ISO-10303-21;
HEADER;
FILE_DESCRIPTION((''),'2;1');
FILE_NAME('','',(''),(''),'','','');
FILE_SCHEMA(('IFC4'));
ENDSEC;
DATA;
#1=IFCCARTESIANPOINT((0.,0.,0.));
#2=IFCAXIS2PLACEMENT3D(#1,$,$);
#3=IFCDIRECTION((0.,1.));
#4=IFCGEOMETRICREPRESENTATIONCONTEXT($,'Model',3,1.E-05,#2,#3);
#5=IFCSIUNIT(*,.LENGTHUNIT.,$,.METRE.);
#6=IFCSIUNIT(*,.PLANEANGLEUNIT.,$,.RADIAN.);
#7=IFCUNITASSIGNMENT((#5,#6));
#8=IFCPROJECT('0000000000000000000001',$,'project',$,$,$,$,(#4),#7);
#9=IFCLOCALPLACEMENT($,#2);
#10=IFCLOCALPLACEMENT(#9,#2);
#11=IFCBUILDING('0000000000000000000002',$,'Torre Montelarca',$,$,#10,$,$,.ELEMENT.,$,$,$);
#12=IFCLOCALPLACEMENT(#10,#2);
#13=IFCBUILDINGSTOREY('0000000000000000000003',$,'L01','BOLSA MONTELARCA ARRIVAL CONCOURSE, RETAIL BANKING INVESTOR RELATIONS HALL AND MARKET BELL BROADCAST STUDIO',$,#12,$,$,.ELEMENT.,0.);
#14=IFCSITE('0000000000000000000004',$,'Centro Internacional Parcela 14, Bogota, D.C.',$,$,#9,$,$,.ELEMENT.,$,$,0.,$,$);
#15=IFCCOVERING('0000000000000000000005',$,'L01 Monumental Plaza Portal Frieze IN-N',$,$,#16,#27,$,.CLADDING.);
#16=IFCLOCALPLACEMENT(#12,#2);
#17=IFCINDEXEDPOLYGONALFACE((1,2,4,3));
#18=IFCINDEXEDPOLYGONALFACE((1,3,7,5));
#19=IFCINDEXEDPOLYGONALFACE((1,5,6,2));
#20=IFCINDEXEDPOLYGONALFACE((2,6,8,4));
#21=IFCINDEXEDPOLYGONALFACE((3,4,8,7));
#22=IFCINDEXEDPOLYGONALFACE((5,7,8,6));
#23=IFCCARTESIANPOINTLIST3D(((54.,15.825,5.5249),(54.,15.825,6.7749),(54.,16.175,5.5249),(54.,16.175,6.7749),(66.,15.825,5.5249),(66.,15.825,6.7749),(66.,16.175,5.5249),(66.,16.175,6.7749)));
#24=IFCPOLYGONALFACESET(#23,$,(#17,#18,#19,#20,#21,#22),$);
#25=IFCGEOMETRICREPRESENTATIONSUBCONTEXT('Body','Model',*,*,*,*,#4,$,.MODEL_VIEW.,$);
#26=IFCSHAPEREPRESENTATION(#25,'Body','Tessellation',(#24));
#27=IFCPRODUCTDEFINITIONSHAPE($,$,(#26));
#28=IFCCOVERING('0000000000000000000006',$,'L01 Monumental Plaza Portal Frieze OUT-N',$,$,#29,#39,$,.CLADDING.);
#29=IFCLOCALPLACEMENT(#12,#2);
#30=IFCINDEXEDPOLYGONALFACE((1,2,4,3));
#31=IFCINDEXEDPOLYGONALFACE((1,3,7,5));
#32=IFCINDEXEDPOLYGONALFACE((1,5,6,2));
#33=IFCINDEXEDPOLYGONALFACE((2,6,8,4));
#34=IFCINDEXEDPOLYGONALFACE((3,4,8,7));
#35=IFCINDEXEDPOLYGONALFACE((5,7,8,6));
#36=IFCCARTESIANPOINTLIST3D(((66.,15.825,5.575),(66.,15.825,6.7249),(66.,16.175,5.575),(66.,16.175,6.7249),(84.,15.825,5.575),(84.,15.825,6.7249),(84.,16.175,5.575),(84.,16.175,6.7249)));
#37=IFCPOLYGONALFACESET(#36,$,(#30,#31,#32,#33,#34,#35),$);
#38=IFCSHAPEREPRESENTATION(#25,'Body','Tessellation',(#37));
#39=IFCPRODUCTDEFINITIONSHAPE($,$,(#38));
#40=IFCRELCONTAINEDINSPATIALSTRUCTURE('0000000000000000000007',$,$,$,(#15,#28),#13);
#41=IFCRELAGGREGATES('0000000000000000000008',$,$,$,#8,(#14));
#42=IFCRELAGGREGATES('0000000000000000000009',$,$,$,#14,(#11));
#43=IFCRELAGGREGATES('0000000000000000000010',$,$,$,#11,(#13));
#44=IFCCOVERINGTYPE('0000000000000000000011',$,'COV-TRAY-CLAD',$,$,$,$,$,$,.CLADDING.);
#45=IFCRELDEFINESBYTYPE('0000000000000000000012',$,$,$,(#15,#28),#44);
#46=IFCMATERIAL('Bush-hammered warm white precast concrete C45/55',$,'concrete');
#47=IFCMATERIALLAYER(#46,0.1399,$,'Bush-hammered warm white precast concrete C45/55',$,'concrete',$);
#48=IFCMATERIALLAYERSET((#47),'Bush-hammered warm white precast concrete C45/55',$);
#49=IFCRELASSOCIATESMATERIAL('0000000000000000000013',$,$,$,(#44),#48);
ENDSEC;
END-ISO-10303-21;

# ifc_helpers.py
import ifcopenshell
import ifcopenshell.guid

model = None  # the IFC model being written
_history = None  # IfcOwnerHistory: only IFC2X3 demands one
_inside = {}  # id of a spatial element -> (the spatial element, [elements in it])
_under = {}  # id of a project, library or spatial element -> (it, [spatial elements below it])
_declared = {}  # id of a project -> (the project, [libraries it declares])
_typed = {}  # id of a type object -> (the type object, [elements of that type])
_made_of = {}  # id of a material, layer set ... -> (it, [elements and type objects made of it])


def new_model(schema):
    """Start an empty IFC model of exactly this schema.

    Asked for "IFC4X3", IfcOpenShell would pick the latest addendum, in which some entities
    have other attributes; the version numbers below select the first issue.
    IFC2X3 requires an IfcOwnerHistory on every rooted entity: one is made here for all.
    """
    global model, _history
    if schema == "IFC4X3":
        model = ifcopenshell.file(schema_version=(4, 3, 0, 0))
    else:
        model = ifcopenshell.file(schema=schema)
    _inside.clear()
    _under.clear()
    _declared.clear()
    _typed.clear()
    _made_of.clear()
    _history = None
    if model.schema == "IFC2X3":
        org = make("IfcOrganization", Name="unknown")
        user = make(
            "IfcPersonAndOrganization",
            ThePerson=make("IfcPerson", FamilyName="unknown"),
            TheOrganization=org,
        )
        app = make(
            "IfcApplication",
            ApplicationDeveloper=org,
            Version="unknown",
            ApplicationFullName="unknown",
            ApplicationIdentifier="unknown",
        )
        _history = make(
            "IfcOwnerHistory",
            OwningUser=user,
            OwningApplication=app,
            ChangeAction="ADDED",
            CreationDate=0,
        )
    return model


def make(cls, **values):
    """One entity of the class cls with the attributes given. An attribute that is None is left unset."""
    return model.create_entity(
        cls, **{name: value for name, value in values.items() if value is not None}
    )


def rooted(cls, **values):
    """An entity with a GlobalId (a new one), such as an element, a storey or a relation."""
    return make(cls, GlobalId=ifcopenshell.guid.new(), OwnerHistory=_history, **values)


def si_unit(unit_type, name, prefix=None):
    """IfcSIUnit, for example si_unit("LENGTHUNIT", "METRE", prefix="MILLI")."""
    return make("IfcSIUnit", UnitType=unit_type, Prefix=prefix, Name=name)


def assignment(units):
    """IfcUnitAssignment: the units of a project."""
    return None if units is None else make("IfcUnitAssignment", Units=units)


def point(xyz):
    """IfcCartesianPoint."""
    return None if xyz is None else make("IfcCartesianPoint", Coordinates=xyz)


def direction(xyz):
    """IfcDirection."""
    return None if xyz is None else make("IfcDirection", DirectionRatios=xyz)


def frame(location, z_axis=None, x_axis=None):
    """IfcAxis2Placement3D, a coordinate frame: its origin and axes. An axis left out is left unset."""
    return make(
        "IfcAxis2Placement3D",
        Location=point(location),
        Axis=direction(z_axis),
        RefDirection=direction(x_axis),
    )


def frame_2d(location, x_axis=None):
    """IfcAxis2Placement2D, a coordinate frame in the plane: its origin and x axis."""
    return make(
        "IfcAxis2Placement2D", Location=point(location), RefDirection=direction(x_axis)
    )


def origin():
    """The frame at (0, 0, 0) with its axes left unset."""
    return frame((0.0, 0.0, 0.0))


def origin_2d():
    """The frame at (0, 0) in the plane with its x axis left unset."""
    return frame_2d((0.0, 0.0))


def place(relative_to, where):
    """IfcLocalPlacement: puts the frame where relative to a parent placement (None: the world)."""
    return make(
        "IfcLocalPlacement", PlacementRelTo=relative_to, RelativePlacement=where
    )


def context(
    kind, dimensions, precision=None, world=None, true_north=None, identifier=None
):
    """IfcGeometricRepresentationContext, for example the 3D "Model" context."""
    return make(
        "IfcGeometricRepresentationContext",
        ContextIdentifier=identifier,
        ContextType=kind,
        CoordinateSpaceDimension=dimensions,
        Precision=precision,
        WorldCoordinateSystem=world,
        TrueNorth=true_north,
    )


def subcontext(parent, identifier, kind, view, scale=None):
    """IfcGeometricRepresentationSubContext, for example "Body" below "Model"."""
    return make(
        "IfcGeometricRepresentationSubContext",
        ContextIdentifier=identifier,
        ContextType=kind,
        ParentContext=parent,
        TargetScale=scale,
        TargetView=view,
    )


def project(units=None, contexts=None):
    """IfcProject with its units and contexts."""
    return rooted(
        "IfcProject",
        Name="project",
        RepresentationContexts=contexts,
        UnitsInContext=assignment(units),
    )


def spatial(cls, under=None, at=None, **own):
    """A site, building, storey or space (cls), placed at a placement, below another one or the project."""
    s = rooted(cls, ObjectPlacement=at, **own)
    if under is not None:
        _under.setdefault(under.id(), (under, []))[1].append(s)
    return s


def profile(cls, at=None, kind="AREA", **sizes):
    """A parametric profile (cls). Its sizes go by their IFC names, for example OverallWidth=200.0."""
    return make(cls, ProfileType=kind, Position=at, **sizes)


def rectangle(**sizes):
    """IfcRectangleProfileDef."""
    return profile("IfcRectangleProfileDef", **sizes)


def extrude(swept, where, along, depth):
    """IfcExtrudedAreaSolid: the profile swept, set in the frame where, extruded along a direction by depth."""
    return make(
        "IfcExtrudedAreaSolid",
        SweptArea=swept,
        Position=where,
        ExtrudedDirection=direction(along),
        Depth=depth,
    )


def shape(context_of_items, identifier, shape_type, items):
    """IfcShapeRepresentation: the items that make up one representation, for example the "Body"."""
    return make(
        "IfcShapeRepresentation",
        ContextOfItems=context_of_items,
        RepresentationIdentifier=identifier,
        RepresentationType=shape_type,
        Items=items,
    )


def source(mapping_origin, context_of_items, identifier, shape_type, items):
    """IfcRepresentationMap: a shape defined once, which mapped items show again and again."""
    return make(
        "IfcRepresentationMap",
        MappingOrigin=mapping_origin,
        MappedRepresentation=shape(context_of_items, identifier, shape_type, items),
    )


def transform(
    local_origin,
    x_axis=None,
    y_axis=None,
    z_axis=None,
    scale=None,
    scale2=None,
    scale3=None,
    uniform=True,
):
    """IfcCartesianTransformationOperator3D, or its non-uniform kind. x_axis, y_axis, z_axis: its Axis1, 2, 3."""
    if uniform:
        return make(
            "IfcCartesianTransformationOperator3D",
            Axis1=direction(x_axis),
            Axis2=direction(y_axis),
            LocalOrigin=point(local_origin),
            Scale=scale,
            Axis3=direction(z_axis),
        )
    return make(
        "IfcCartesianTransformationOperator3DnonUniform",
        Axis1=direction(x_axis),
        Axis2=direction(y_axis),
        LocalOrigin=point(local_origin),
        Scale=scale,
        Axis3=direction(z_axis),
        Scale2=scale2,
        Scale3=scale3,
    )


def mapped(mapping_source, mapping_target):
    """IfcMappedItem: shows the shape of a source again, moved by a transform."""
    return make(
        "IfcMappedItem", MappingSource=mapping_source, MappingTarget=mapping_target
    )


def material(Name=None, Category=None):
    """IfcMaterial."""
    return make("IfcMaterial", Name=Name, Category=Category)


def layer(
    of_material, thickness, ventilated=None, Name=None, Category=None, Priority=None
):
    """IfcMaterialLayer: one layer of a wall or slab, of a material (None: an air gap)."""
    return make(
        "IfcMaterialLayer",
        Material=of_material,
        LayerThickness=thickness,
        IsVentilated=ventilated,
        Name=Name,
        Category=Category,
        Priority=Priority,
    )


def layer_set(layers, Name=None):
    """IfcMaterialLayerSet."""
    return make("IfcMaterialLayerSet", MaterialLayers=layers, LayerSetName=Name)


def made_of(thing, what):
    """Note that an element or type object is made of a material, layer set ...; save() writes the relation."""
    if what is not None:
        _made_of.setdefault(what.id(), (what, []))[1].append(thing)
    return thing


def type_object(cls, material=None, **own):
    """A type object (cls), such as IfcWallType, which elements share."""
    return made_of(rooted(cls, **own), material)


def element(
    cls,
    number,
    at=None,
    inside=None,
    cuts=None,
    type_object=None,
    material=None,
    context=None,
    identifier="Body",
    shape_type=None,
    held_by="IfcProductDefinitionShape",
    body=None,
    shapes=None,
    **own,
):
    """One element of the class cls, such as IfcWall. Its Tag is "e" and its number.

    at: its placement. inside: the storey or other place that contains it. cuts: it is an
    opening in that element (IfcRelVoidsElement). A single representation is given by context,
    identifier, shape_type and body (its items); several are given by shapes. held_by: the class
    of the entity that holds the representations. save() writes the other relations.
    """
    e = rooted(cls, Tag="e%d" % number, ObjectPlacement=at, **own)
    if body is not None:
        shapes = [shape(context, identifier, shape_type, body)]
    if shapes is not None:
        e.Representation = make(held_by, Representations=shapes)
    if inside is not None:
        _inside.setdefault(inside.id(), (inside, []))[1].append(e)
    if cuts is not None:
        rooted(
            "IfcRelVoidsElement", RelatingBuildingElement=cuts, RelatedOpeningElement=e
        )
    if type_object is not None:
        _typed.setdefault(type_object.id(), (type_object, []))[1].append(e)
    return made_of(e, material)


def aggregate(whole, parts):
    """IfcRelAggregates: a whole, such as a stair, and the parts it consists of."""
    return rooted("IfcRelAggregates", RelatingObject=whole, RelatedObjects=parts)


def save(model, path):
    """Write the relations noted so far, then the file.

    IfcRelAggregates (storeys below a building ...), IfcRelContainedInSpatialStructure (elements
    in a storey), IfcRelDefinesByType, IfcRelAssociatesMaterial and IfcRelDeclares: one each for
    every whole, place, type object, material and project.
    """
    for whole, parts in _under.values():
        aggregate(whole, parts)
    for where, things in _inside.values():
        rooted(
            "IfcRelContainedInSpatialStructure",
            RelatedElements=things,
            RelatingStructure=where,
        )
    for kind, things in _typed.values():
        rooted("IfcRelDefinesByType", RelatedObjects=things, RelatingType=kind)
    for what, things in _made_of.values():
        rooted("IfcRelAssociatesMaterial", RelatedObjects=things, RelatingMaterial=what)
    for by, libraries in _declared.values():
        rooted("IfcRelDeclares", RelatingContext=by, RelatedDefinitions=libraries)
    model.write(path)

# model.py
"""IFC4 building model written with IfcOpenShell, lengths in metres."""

from ifc_helpers import new_model, si_unit, direction, frame, origin, origin_2d, place, context, subcontext, project, spatial, rectangle, extrude, source, transform, mapped, material, layer, layer_set, type_object, element, save


model = new_model("IFC4")

# Units and contexts
model_context = context("Model", 3, precision=1e-05, world=origin(), true_north=direction((0.0, 1.0)))
body_context = subcontext(model_context, "Body", "Model", "MODEL_VIEW")
ifc_project = project(units=[si_unit("LENGTHUNIT", "METRE"), si_unit("PLANEANGLEUNIT", "RADIAN")], contexts=[model_context])

# Site, building, storey
site_placement = place(None, origin())
site = spatial("IfcSite", under=ifc_project, at=site_placement, Name="Centro Internacional Parcela 14, Bogota, D.C.", CompositionType="ELEMENT", RefElevation=0.0)
building_placement = place(site_placement, origin())
building = spatial("IfcBuilding", under=site, at=building_placement, Name="Torre Montelarca", CompositionType="ELEMENT")
storey_placement = place(building_placement, origin())
storey = spatial("IfcBuildingStorey", under=building, at=storey_placement, Name="L01", Description="BOLSA MONTELARCA ARRIVAL CONCOURSE, RETAIL BANKING INVESTOR RELATIONS HALL AND MARKET BELL BROADCAST STUDIO", CompositionType="ELEMENT", Elevation=0.0)

# Coverings
ifc_material_1 = material(Name="Bush-hammered warm white precast concrete C45/55", Category="concrete")
ifc_layer_1 = layer(ifc_material_1, 0.1399, Name="Bush-hammered warm white precast concrete C45/55", Category="concrete")
ifc_layer_set_1 = layer_set([ifc_layer_1], Name="Bush-hammered warm white precast concrete C45/55")
covering_type = type_object("IfcCoveringType", Name="COV-TRAY-CLAD", PredefinedType="CLADDING", material=ifc_layer_set_1)
shared_shape_1 = source(origin(), body_context, "Body", "SweptSolid", [
    extrude(rectangle(XDim=12.0, YDim=0.3501, at=origin_2d()), origin(), (0.0, 0.0, 1.0), 1.25),
])
covering_1_placement = place(storey_placement, frame((60.0, 16.0, 5.5249), z_axis=(0.0, 0.0, 1.0), x_axis=(1.0, 0.0, 0.0)))
element("IfcCovering", 1, at=covering_1_placement, inside=storey, type_object=covering_type, Name="L01 Monumental Plaza Portal Frieze IN-N", PredefinedType="CLADDING", context=body_context, shape_type="MappedRepresentation", body=[
    mapped(shared_shape_1, transform((0.0, 0.0, 0.0), scale=1.0)),
])
shared_shape_2 = source(origin(), body_context, "Body", "SweptSolid", [
    extrude(rectangle(XDim=18.0, YDim=0.3501, at=origin_2d()), origin(), (0.0, 0.0, 1.0), 1.1499),
])
covering_2_placement = place(storey_placement, frame((75.0, 16.0, 5.575), z_axis=(0.0, 0.0, 1.0), x_axis=(1.0, 0.0, 0.0)))
element("IfcCovering", 2, at=covering_2_placement, inside=storey, type_object=covering_type, Name="L01 Monumental Plaza Portal Frieze OUT-N", PredefinedType="CLADDING", context=body_context, shape_type="MappedRepresentation", body=[
    mapped(shared_shape_2, transform((0.0, 0.0, 0.0), scale=1.0)),
])

save(model, "model.ifc")
